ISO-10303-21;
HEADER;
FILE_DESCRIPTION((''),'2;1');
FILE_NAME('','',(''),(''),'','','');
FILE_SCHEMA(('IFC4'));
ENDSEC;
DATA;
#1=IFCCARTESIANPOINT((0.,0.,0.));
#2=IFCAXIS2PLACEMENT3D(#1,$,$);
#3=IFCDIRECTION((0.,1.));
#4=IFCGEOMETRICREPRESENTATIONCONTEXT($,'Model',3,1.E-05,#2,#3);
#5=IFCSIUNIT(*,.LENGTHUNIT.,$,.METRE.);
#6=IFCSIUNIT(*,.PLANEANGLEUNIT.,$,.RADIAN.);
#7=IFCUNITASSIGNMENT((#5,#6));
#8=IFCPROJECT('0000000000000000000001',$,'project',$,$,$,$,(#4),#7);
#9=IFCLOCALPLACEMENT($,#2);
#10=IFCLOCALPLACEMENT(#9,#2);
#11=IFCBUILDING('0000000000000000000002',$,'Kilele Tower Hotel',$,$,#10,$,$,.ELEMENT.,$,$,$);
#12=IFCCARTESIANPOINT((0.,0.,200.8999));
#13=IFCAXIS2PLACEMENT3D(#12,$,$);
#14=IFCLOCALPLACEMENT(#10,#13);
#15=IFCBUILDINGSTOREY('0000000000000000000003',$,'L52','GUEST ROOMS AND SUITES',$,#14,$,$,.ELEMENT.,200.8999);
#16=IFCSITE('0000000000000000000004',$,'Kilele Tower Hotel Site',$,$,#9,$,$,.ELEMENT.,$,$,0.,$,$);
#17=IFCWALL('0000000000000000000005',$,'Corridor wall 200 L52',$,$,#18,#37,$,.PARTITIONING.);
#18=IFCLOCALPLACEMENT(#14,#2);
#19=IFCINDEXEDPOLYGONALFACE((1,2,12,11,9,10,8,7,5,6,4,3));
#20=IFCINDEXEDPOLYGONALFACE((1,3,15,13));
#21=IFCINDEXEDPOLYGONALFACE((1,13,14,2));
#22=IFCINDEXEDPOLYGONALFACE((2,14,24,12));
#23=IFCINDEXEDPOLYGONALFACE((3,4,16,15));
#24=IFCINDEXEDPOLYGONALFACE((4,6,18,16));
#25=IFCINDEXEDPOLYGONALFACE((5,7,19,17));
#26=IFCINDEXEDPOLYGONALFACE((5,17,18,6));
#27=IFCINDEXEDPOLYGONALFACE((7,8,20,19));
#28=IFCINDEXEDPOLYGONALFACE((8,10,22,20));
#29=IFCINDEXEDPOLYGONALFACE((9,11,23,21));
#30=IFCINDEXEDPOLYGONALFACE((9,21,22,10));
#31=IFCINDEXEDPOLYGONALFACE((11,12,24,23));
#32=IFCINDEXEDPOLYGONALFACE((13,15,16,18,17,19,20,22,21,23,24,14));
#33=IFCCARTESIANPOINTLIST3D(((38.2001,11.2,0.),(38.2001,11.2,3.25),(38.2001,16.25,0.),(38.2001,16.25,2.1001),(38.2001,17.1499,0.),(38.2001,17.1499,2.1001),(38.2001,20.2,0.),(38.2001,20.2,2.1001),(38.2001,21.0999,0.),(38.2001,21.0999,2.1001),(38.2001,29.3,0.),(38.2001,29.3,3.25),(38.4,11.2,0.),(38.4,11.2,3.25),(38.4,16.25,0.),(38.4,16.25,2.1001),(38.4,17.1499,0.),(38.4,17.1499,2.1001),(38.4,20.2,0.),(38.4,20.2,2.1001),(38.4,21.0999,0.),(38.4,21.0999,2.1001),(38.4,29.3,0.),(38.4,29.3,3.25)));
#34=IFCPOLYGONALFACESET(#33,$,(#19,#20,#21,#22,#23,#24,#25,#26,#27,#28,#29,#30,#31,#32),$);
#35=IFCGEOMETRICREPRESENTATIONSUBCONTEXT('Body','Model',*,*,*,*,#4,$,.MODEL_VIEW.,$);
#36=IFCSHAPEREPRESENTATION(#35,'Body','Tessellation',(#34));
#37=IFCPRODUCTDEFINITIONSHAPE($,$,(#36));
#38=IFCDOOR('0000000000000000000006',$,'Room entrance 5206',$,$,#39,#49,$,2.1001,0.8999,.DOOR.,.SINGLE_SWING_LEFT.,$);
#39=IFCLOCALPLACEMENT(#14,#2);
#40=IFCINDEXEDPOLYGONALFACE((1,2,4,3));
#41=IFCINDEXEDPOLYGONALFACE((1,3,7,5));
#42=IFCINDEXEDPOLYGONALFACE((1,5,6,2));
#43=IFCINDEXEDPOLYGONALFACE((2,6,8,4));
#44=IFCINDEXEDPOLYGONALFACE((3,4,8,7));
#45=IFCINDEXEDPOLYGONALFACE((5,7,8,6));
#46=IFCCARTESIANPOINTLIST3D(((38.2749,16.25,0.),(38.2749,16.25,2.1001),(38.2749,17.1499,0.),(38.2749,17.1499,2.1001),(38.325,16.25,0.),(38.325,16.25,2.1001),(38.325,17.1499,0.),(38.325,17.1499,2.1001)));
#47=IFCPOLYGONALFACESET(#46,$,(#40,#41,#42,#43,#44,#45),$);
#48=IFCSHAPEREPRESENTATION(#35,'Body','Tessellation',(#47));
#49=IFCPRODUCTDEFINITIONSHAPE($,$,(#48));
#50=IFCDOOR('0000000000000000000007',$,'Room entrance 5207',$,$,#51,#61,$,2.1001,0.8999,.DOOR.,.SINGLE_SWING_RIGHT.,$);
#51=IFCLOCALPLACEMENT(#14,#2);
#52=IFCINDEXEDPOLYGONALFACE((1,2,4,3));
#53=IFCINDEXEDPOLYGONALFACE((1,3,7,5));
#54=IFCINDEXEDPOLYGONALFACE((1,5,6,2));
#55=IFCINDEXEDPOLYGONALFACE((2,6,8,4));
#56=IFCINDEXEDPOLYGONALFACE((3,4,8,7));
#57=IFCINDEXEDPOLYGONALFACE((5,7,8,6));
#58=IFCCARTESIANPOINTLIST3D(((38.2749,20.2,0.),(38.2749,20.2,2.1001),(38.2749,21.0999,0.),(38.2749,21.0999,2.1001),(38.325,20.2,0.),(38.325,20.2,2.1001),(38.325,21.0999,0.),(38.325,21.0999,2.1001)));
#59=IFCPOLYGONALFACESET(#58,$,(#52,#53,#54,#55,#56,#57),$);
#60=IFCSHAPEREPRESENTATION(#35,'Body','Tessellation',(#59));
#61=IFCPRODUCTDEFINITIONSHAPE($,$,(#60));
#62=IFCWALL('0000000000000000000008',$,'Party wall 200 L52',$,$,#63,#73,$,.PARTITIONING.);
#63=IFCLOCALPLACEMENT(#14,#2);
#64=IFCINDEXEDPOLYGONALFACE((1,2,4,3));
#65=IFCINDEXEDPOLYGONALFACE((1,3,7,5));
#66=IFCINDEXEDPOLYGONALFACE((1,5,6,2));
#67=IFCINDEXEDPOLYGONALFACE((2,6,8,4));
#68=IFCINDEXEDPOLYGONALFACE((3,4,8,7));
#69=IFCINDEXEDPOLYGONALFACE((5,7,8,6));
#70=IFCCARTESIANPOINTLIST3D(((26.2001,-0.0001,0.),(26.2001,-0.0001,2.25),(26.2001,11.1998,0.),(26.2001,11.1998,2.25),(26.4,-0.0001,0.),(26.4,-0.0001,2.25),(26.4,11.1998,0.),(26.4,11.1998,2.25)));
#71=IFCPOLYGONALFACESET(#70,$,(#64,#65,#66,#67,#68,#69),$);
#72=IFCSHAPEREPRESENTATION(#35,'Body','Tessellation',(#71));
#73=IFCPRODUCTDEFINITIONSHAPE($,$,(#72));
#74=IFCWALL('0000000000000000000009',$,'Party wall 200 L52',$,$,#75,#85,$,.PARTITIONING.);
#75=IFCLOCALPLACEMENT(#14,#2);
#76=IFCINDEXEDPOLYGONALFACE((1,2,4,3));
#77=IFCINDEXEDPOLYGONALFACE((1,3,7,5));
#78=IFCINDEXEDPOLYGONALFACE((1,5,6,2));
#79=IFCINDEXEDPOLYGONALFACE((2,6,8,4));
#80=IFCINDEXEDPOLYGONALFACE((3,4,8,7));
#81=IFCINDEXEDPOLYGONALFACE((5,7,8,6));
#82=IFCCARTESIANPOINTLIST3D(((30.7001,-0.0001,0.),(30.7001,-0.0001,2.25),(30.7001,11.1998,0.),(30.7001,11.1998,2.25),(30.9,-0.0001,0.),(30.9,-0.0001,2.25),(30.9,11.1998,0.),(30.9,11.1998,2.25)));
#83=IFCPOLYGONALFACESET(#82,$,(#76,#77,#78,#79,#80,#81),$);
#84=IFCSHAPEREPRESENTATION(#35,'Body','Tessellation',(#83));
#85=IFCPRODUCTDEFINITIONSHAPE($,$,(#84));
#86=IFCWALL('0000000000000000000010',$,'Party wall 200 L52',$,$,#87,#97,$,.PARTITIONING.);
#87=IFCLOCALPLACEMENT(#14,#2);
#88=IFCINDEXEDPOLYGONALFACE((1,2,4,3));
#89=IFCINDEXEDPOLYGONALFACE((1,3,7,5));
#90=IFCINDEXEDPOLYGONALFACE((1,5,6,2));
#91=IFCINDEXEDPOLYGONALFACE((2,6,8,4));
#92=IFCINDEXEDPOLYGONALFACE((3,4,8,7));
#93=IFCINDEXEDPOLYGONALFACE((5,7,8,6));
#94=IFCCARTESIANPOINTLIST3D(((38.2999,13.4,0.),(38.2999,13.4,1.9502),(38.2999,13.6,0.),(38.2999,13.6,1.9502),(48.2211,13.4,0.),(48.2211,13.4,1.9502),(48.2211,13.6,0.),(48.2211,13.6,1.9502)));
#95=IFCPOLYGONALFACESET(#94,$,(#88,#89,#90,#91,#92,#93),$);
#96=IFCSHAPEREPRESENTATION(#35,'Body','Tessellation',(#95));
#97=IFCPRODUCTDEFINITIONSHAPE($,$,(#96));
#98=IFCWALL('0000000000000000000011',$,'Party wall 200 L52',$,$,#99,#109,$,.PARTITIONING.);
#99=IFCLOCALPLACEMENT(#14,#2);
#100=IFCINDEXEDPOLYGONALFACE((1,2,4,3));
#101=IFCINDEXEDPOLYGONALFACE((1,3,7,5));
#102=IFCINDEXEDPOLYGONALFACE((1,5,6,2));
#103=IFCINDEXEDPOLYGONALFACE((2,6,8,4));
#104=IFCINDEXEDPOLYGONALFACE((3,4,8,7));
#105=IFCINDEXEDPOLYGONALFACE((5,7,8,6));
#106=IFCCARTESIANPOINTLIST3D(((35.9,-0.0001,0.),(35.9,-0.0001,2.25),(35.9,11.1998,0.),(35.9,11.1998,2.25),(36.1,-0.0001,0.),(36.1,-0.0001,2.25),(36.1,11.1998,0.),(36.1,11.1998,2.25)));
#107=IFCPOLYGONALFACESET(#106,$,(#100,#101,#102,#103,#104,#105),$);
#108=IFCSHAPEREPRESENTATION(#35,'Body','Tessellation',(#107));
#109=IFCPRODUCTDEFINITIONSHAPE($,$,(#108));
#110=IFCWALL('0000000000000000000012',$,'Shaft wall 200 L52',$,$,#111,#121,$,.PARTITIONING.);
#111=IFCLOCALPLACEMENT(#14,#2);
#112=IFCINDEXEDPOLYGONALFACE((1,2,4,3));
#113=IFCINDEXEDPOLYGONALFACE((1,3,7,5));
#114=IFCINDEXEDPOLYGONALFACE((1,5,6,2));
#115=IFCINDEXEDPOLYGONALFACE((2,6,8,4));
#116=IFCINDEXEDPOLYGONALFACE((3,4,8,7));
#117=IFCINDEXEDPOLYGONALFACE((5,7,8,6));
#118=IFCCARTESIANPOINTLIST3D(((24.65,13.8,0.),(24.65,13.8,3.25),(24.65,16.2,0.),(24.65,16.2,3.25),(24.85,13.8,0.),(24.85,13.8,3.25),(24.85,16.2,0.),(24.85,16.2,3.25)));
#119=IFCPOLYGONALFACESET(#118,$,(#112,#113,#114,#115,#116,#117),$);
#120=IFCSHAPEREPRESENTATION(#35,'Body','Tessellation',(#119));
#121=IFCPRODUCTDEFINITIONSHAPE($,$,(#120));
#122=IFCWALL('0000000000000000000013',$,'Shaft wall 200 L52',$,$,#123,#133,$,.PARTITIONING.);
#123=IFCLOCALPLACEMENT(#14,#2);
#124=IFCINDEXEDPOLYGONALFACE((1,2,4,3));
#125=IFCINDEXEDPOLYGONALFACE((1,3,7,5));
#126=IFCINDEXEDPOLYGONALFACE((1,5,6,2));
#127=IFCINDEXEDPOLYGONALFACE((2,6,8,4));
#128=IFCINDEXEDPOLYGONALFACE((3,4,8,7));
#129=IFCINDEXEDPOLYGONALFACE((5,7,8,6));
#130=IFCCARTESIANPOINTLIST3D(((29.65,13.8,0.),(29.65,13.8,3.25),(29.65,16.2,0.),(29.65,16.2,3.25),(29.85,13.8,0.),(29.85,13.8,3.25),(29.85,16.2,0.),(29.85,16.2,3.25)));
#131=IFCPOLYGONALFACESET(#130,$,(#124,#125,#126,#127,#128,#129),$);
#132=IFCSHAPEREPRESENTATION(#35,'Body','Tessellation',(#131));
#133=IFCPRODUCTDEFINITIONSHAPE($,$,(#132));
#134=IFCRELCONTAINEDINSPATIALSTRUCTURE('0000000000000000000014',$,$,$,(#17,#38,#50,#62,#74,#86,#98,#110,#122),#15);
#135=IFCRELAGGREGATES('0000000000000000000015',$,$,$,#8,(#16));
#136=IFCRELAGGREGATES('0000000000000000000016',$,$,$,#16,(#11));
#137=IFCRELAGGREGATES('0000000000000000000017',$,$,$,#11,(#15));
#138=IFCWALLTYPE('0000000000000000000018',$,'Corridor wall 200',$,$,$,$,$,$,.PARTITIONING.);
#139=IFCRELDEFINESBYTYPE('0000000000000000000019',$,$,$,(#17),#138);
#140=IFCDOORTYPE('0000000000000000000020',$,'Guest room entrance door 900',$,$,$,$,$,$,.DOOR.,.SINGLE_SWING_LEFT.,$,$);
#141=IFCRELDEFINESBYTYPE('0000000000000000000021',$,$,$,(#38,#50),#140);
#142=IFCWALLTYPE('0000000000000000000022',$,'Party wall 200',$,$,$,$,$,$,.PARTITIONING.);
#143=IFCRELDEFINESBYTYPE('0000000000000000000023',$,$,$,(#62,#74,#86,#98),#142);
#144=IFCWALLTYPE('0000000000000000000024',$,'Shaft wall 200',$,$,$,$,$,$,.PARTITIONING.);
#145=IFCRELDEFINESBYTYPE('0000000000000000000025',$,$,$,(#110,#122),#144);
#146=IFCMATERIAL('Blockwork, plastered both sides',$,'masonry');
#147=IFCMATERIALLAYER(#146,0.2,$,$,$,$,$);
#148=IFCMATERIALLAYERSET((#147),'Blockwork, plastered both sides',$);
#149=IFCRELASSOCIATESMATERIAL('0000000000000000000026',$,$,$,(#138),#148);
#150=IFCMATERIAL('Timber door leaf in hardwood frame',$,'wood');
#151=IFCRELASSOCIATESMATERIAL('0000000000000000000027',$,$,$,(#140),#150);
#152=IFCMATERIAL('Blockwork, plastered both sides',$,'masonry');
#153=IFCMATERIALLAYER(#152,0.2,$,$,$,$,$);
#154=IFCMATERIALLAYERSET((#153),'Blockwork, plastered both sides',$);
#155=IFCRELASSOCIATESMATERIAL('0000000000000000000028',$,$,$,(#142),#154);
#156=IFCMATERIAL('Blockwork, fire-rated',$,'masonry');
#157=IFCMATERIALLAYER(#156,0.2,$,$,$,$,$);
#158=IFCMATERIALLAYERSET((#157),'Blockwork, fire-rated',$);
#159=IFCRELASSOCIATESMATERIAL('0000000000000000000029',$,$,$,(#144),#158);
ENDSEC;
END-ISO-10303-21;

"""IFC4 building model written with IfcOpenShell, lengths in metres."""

from ifc_helpers import new_model, si_unit, direction, frame, frame_2d, origin, place, context, subcontext, project, spatial, rectangle, extrude, material, layer, layer_set, type_object, element, fill, save


model = new_model("IFC4")

# Units and contexts
model_context = context("Model", 3, precision=1e-05, world=origin(), true_north=direction((0.0, 1.0)))
body_context = subcontext(model_context, "Body", "Model", "MODEL_VIEW")
ifc_project = project(units=[si_unit("LENGTHUNIT", "METRE"), si_unit("PLANEANGLEUNIT", "RADIAN")], contexts=[model_context])

# Site, building, storey
site_placement = place(None, origin())
site = spatial("IfcSite", under=ifc_project, at=site_placement, Name="Kilele Tower Hotel Site", CompositionType="ELEMENT", RefElevation=0.0)
building_placement = place(site_placement, origin())
building = spatial("IfcBuilding", under=site, at=building_placement, Name="Kilele Tower Hotel", CompositionType="ELEMENT")
storey_placement = place(building_placement, frame((0.0, 0.0, 200.8999)))
storey = spatial("IfcBuildingStorey", under=building, at=storey_placement, Name="L52", Description="GUEST ROOMS AND SUITES", CompositionType="ELEMENT", Elevation=200.8999)

# Wall, openings, doors
ifc_material_1 = material(Name="Blockwork, plastered both sides", Category="masonry")
ifc_layer_1 = layer(ifc_material_1, 0.2)
ifc_layer_set_1 = layer_set([ifc_layer_1], Name="Blockwork, plastered both sides")
wall_type_1 = type_object("IfcWallType", Name="Corridor wall 200", PredefinedType="PARTITIONING", material=ifc_layer_set_1)
wall_1_placement = place(storey_placement, frame((38.3, 11.2, 0.0), z_axis=(0.0, 0.0, 1.0), x_axis=(0.0, 1.0, 0.0)))
wall_1 = element("IfcWall", 1, at=wall_1_placement, inside=storey, type_object=wall_type_1, Name="Corridor wall 200 L52", PredefinedType="PARTITIONING", context=body_context, shape_type="SweptSolid", body=[
    extrude(rectangle(XDim=18.1001, YDim=0.2, at=frame_2d((9.05, 0.0))), origin(), (0.0, 0.0, 1.0), 3.25),
])
opening_1_placement = place(wall_1_placement, frame((5.95, 0.0, 0.0), z_axis=(0.0, 0.0, 1.0), x_axis=(-1.0, 0.0, 0.0)))
opening_1 = element("IfcOpeningElement", 2, at=opening_1_placement, cuts=wall_1, PredefinedType="OPENING", context=body_context, shape_type="SweptSolid", body=[
    extrude(rectangle(XDim=0.8999, YDim=2.1001, at=frame_2d((0.45, 1.05))), frame((0.0, 0.1099, 0.0), z_axis=(0.0, -1.0, 0.0), x_axis=(1.0, 0.0, 0.0)), (0.0, 0.0, 1.0), 0.22),
])
opening_2_placement = place(wall_1_placement, frame((9.8999, 0.0, 0.0), z_axis=(0.0, 0.0, 1.0), x_axis=(-1.0, 0.0, 0.0)))
opening_2 = element("IfcOpeningElement", 3, at=opening_2_placement, cuts=wall_1, PredefinedType="OPENING", context=body_context, shape_type="SweptSolid", body=[
    extrude(rectangle(XDim=0.8999, YDim=2.1001, at=frame_2d((0.45, 1.05))), frame((0.0, 0.1099, 0.0), z_axis=(0.0, -1.0, 0.0), x_axis=(1.0, 0.0, 0.0)), (0.0, 0.0, 1.0), 0.22),
])
ifc_material_2 = material(Name="Timber door leaf in hardwood frame", Category="wood")
door_type_1 = type_object("IfcDoorType", Name="Guest room entrance door 900", OperationType="SINGLE_SWING_LEFT", PredefinedType="DOOR", material=ifc_material_2)
door_1_placement = place(opening_1_placement, origin())
door_1 = element("IfcDoor", 4, at=door_1_placement, inside=storey, type_object=door_type_1, Name="Room entrance 5206", OperationType="SINGLE_SWING_LEFT", OverallHeight=2.1001, OverallWidth=0.8999, PredefinedType="DOOR", context=body_context, shape_type="SweptSolid", body=[
    extrude(rectangle(XDim=0.8999, YDim=2.1001, at=frame_2d((0.45, 1.05))), frame((0.0, 0.0249, 0.0), z_axis=(0.0, -1.0, 0.0), x_axis=(1.0, 0.0, 0.0)), (0.0, 0.0, 1.0), 0.05),
])
fill(opening_1, door_1)
door_2_placement = place(opening_2_placement, origin())
door_2 = element("IfcDoor", 5, at=door_2_placement, inside=storey, type_object=door_type_1, Name="Room entrance 5207", OperationType="SINGLE_SWING_RIGHT", OverallHeight=2.1001, OverallWidth=0.8999, PredefinedType="DOOR", context=body_context, shape_type="SweptSolid", body=[
    extrude(rectangle(XDim=0.8999, YDim=2.1001, at=frame_2d((0.45, 1.05))), frame((0.0, 0.0249, 0.0), z_axis=(0.0, -1.0, 0.0), x_axis=(1.0, 0.0, 0.0)), (0.0, 0.0, 1.0), 0.05),
])
fill(opening_2, door_2)

# Walls
ifc_material_3 = material(Name="Blockwork, plastered both sides", Category="masonry")
ifc_layer_2 = layer(ifc_material_3, 0.2)
ifc_layer_set_2 = layer_set([ifc_layer_2], Name="Blockwork, plastered both sides")
wall_type_2 = type_object("IfcWallType", Name="Party wall 200", PredefinedType="PARTITIONING", material=ifc_layer_set_2)
for number, where, z_axis, x_axis, name in (
    (6, (26.3, 11.2, 0.0), (0.0, 0.0, 1.0), (0.0, -1.0, 0.0), "Party wall 200 L52"),
    (7, (30.8, 11.2, 0.0), (0.0, 0.0, 1.0), (0.0, -1.0, 0.0), "Party wall 200 L52"),
):
    element("IfcWall", number, at=place(storey_placement, frame(where, z_axis=z_axis, x_axis=x_axis)), inside=storey, type_object=wall_type_2, Name=name, PredefinedType="PARTITIONING", context=body_context, shape_type="SweptSolid", body=[
        extrude(rectangle(XDim=11.2, YDim=0.2, at=frame_2d((5.6001, 0.0))), origin(), (0.0, 0.0, 1.0), 2.25),
    ])
wall_2_placement = place(storey_placement, frame((38.3, 13.5, 0.0), z_axis=(0.0, 0.0, 1.0), x_axis=(1.0, 0.0, 0.0)))
element("IfcWall", 8, at=wall_2_placement, inside=storey, type_object=wall_type_2, Name="Party wall 200 L52", PredefinedType="PARTITIONING", context=body_context, shape_type="SweptSolid", body=[
    extrude(rectangle(XDim=9.9211, YDim=0.2, at=frame_2d((4.9604, 0.0))), origin(), (0.0, 0.0, 1.0), 1.9502),
])
wall_3_placement = place(storey_placement, frame((36.0, 11.2, 0.0), z_axis=(0.0, 0.0, 1.0), x_axis=(0.0, -1.0, 0.0)))
element("IfcWall", 9, at=wall_3_placement, inside=storey, type_object=wall_type_2, Name="Party wall 200 L52", PredefinedType="PARTITIONING", context=body_context, shape_type="SweptSolid", body=[
    extrude(rectangle(XDim=11.2, YDim=0.2, at=frame_2d((5.6001, 0.0))), origin(), (0.0, 0.0, 1.0), 2.25),
])
ifc_material_4 = material(Name="Blockwork, fire-rated", Category="masonry")
ifc_layer_3 = layer(ifc_material_4, 0.2)
ifc_layer_set_3 = layer_set([ifc_layer_3], Name="Blockwork, fire-rated")
wall_type_3 = type_object("IfcWallType", Name="Shaft wall 200", PredefinedType="PARTITIONING", material=ifc_layer_set_3)
for number, where, z_axis, x_axis, name in (
    (10, (24.75, 13.8, 0.0), (0.0, 0.0, 1.0), (0.0, 1.0, 0.0), "Shaft wall 200 L52"),
    (11, (29.75, 13.8, 0.0), (0.0, 0.0, 1.0), (0.0, 1.0, 0.0), "Shaft wall 200 L52"),
):
    element("IfcWall", number, at=place(storey_placement, frame(where, z_axis=z_axis, x_axis=x_axis)), inside=storey, type_object=wall_type_3, Name=name, PredefinedType="PARTITIONING", context=body_context, shape_type="SweptSolid", body=[
        extrude(rectangle(XDim=2.3999, YDim=0.2, at=frame_2d((1.2, 0.0))), origin(), (0.0, 0.0, 1.0), 3.25),
    ])

save(model, "model.ifc")
